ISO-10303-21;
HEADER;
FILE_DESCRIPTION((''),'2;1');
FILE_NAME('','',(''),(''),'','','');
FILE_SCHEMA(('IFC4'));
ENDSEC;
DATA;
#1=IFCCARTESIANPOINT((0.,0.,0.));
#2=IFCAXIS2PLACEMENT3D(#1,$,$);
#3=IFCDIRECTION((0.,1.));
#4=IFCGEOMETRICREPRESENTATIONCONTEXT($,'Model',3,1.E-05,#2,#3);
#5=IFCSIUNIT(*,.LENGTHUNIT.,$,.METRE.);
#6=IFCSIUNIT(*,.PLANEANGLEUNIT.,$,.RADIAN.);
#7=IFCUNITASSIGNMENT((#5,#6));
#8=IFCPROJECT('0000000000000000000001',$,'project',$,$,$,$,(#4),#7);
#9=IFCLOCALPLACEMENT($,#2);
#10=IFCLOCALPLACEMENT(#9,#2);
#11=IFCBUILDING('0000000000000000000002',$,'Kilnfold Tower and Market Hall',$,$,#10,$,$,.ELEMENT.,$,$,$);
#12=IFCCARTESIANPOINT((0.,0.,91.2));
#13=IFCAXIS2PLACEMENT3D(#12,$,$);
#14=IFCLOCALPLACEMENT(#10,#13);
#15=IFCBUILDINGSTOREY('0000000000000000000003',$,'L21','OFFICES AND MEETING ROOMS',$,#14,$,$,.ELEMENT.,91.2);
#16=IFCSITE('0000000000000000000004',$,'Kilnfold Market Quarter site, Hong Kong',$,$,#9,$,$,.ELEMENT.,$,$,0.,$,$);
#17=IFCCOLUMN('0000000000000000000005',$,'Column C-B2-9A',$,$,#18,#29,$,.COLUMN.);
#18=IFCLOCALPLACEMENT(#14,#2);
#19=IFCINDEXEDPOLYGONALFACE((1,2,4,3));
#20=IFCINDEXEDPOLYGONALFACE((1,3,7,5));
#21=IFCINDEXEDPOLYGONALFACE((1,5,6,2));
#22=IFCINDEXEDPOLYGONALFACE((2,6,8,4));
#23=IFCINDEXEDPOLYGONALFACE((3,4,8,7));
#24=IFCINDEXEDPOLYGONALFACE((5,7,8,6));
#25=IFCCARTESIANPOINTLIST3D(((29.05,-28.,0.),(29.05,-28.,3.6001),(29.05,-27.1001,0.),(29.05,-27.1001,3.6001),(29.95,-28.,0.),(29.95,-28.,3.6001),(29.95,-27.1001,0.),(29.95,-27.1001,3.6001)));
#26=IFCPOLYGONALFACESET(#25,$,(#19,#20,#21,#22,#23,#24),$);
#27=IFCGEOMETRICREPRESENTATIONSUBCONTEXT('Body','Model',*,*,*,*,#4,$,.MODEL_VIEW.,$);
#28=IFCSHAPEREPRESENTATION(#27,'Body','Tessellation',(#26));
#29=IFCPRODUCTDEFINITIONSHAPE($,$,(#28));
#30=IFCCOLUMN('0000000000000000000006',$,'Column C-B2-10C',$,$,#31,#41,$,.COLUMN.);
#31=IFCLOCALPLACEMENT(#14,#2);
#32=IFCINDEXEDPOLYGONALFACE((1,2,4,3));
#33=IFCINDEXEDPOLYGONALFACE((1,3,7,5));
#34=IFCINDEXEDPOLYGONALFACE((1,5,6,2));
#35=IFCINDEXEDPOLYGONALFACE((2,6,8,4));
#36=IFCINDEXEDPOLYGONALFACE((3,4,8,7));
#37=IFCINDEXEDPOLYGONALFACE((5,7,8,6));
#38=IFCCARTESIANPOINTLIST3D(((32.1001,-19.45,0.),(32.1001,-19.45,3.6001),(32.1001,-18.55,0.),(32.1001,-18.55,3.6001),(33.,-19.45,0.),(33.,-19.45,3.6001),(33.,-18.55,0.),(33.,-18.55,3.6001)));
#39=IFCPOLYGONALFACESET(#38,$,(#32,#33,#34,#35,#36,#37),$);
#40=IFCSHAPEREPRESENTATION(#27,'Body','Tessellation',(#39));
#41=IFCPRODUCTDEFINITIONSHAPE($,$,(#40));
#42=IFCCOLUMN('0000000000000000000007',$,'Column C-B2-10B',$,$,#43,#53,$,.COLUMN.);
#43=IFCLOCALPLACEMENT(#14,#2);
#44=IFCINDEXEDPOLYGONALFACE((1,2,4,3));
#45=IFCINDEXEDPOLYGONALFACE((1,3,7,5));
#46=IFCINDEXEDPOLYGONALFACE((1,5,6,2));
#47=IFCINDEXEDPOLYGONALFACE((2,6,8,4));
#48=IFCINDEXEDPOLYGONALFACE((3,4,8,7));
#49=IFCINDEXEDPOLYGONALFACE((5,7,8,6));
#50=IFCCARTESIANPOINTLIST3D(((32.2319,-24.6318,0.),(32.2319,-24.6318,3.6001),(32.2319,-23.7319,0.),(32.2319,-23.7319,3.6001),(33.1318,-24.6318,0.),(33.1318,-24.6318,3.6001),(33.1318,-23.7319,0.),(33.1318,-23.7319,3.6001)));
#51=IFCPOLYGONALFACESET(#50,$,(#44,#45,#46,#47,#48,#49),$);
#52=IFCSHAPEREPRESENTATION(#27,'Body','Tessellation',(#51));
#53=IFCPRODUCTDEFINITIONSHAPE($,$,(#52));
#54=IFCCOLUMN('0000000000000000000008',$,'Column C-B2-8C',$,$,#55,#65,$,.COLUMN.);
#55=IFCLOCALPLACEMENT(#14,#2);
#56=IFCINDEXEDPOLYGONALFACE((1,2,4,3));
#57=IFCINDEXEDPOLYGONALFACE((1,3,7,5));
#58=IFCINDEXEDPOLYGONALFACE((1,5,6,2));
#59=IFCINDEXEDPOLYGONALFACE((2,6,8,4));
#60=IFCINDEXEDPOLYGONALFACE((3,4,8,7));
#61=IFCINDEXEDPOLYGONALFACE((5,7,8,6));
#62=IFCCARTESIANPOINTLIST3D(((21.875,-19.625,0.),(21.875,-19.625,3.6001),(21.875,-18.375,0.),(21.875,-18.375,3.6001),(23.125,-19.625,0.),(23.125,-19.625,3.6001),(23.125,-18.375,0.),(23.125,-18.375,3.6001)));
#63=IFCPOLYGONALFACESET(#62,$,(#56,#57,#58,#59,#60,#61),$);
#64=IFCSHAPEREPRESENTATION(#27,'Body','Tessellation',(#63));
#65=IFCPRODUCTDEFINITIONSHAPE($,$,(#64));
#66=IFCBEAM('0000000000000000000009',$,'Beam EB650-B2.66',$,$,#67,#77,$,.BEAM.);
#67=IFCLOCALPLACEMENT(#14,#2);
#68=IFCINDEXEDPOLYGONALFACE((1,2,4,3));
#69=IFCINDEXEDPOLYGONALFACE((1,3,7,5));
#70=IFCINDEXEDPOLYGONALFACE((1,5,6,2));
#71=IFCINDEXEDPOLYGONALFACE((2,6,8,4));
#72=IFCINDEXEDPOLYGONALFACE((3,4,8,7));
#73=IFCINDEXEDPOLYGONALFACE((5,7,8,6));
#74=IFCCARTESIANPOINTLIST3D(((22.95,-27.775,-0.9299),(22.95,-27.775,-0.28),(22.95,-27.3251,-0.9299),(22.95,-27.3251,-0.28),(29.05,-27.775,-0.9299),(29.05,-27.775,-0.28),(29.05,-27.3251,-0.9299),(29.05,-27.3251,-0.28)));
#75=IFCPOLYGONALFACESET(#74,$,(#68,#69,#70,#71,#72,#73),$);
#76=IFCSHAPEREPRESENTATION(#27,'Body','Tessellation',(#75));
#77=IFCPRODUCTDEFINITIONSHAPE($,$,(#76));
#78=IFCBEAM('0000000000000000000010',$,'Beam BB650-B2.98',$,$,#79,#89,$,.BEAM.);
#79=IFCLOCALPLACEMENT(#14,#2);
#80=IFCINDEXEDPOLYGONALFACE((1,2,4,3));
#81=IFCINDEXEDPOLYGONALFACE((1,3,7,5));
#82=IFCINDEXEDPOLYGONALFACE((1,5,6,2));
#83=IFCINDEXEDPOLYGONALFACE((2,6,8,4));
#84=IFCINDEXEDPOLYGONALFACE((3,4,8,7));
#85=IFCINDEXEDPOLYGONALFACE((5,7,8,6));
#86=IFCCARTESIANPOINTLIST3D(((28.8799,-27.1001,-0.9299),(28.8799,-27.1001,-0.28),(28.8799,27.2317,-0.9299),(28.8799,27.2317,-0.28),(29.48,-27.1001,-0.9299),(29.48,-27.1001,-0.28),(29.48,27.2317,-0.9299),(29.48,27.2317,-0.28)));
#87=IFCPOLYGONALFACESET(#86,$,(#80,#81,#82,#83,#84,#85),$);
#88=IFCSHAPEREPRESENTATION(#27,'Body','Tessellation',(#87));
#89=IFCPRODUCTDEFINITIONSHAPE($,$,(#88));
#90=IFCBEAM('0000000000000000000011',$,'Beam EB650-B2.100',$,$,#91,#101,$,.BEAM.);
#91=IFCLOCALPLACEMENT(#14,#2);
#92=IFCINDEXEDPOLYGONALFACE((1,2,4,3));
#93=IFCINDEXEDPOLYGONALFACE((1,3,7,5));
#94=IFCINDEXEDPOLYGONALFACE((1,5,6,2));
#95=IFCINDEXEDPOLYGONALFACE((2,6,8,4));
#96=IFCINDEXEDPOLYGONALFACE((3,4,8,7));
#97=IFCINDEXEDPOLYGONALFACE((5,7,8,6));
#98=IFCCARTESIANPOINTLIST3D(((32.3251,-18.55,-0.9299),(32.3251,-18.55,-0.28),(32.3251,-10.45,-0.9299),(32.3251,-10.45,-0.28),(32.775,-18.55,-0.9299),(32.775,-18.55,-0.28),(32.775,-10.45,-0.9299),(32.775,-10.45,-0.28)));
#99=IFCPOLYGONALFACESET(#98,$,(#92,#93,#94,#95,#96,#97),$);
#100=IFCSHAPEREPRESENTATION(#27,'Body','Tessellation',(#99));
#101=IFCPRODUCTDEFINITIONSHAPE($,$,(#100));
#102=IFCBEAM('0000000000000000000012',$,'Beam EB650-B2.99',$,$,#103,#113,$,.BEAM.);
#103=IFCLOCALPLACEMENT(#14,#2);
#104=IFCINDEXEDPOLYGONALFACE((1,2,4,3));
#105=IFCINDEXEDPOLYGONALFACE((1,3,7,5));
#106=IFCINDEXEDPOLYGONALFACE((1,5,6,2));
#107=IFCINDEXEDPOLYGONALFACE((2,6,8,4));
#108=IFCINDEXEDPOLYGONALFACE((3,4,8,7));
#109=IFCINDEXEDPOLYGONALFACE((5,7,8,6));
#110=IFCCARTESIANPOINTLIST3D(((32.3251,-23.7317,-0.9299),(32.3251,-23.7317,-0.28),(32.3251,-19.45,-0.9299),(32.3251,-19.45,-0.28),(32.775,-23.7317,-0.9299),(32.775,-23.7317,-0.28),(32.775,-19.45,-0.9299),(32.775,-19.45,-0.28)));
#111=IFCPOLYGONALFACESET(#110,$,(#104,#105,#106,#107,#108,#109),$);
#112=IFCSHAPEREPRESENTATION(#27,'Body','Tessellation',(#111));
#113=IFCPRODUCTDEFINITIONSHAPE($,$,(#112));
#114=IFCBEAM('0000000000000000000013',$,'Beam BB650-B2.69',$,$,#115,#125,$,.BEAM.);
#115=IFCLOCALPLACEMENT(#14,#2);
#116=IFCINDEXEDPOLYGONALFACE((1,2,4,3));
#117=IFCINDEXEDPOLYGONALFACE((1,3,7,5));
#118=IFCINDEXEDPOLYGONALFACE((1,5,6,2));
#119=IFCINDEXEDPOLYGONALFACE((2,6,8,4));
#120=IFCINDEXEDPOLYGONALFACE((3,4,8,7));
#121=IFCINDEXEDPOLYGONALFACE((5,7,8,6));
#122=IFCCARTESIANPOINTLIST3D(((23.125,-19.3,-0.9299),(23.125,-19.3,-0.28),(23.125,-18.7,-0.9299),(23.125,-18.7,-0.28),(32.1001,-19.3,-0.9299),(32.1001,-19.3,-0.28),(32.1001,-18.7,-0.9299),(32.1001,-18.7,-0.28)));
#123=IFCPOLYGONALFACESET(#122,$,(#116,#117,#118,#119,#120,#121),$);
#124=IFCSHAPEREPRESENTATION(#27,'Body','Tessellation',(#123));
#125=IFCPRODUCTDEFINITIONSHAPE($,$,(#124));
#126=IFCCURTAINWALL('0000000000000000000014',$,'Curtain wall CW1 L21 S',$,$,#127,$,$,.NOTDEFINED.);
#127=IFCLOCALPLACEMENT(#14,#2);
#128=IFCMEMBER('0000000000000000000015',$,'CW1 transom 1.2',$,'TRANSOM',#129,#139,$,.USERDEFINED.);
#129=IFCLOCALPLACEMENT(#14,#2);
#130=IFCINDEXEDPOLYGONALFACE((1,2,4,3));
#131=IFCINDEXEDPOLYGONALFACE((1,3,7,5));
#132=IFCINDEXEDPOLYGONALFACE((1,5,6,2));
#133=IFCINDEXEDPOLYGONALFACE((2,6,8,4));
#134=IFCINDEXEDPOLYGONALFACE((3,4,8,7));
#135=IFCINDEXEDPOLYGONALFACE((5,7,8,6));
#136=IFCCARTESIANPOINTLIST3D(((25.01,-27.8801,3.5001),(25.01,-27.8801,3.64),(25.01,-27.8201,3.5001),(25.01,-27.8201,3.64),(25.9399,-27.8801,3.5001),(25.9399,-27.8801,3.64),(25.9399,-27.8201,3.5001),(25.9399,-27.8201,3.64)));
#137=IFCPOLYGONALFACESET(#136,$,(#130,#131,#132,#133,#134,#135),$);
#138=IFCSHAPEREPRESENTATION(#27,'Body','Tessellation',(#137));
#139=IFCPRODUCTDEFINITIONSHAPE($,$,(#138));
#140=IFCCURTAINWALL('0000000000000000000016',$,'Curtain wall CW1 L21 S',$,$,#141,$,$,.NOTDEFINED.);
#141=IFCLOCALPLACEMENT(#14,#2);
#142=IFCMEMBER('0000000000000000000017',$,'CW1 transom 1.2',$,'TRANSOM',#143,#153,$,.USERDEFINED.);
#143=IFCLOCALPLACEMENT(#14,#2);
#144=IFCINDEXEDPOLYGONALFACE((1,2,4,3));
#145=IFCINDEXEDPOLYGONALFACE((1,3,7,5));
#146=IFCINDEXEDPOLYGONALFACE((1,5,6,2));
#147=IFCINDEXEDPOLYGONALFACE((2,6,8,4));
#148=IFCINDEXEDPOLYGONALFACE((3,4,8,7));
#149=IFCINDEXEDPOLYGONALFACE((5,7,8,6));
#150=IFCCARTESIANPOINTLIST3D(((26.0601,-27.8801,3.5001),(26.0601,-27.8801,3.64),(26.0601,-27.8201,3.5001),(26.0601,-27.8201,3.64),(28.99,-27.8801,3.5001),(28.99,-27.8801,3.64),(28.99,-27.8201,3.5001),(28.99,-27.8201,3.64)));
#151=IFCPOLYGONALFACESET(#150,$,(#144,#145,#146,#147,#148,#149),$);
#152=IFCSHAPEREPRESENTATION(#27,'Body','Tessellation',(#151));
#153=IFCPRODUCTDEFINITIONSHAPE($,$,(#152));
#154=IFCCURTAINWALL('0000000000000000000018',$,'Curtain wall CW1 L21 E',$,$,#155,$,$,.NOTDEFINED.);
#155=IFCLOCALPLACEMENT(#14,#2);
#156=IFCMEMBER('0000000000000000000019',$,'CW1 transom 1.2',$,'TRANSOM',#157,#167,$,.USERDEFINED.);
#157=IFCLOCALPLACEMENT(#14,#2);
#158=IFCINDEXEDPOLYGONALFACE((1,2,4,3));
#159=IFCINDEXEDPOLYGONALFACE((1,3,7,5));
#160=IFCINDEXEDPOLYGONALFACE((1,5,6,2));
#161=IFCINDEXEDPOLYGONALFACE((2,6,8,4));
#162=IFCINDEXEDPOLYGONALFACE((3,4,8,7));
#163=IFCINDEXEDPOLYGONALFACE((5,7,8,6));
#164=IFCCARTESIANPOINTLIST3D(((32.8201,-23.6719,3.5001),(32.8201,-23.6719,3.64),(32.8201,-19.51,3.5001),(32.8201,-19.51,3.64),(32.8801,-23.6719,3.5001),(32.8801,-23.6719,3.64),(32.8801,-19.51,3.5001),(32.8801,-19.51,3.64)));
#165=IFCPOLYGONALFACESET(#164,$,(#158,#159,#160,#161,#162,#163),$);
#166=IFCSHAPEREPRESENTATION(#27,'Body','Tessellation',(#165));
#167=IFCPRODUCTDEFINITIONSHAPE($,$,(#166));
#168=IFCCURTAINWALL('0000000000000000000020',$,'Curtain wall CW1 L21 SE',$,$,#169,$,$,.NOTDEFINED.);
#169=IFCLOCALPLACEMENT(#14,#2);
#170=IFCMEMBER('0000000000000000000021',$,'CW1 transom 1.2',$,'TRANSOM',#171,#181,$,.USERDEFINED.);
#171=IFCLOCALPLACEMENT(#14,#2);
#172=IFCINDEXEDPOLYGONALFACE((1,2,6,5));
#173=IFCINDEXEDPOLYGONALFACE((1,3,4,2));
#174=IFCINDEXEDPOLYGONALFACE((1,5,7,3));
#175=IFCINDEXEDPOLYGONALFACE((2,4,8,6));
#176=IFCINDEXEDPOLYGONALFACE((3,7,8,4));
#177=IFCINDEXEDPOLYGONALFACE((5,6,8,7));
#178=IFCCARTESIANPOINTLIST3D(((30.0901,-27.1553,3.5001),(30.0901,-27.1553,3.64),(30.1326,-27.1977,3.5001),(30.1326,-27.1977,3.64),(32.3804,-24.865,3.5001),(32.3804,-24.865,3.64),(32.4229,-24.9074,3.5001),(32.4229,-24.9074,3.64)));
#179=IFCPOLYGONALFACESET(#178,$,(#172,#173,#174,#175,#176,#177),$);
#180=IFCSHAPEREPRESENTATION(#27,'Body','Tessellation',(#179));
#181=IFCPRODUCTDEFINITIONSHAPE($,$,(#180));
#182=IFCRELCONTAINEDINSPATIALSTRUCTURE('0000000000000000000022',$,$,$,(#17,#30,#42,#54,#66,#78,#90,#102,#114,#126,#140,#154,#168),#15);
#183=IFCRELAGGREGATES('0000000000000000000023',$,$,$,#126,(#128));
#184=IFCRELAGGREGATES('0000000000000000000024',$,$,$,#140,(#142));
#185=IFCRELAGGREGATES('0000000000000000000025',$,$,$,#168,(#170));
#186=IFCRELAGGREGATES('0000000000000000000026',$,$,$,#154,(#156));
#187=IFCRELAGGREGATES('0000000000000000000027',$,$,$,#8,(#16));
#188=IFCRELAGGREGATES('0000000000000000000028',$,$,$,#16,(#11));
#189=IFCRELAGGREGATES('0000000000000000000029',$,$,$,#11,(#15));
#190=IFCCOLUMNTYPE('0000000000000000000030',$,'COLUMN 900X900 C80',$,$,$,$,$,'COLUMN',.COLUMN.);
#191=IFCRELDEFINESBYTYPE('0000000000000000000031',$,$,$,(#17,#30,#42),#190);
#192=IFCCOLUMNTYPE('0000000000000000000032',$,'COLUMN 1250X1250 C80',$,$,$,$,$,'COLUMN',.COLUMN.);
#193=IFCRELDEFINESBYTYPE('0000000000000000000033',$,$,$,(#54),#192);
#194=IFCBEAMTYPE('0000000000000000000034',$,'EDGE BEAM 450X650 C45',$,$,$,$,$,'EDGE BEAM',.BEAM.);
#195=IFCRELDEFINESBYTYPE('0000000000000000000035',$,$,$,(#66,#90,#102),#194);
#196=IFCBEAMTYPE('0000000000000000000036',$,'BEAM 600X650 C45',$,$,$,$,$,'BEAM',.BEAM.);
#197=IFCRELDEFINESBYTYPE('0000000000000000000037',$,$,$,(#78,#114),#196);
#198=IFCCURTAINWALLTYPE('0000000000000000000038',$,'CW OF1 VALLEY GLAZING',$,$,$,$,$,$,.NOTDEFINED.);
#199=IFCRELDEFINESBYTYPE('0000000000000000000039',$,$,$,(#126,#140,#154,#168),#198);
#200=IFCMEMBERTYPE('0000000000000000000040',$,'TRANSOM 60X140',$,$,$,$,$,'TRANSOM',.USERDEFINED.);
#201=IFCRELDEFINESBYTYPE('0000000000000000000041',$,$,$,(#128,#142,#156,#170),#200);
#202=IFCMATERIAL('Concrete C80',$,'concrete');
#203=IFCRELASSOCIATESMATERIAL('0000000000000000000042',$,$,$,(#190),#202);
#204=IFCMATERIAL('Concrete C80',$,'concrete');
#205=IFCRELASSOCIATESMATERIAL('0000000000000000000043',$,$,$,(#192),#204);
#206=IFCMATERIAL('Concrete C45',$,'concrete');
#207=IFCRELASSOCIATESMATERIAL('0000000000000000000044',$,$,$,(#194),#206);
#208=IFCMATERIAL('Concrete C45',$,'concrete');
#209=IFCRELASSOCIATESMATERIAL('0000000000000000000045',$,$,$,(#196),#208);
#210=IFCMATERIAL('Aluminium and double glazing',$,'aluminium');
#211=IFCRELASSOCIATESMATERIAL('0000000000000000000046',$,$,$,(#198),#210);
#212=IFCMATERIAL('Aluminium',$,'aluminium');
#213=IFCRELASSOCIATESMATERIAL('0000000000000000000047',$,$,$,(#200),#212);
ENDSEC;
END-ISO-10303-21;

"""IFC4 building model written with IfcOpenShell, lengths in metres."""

from ifc_helpers import new_model, si_unit, direction, frame, origin, origin_2d, place, context, subcontext, project, spatial, rectangle, extrude, source, transform, mapped, material, material_profile, profile_set, type_object, element, aggregate, save


model = new_model("IFC4")

# Units and contexts
model_context = context("Model", 3, precision=1e-05, world=origin(), true_north=direction((0.0, 1.0)))
body_context = subcontext(model_context, "Body", "Model", "MODEL_VIEW")
ifc_project = project(units=[si_unit("LENGTHUNIT", "METRE"), si_unit("PLANEANGLEUNIT", "RADIAN")], contexts=[model_context])

# Site, building, storey
site_placement = place(None, origin())
site = spatial("IfcSite", under=ifc_project, at=site_placement, Name="Kilnfold Market Quarter site, Hong Kong", CompositionType="ELEMENT", RefElevation=0.0)
building_placement = place(site_placement, origin())
building = spatial("IfcBuilding", under=site, at=building_placement, Name="Kilnfold Tower and Market Hall", CompositionType="ELEMENT")
storey_placement = place(building_placement, frame((0.0, 0.0, 91.2)))
storey = spatial("IfcBuildingStorey", under=building, at=storey_placement, Name="L21", Description="OFFICES AND MEETING ROOMS", CompositionType="ELEMENT", Elevation=91.2)

# Columns
ifc_material_1 = material(Name="Concrete C80", Category="concrete")
ifc_material_profile_1 = material_profile(ifc_material_1, rectangle(XDim=0.8999, YDim=0.8999, at=origin_2d()), Name="RC 900x900")
ifc_profile_set_1 = profile_set([ifc_material_profile_1], Name="Concrete C80")
column_type_1 = type_object("IfcColumnType", Name="COLUMN 900X900 C80", ElementType="COLUMN", PredefinedType="COLUMN", material=ifc_profile_set_1)
shared_shape_1 = source(origin(), body_context, "Body", "SweptSolid", [
    extrude(rectangle(XDim=0.8999, YDim=0.8999, at=origin_2d()), origin(), (0.0, 0.0, 1.0), 3.6001),
])
for number, where, z_axis, x_axis, name in (
    (1, (29.5, -27.55, 0.0), (0.0, 0.0, 1.0), (1.0, 0.0, 0.0), "Column C-B2-9A"),
    (2, (32.55, -19.0, 0.0), (0.0, 0.0, 1.0), (1.0, 0.0, 0.0), "Column C-B2-10C"),
    (3, (32.6819, -24.1819, 0.0), (0.0, 0.0, 1.0), (1.0, 0.0, 0.0), "Column C-B2-10B"),
):
    element("IfcColumn", number, at=place(storey_placement, frame(where, z_axis=z_axis, x_axis=x_axis)), inside=storey, type_object=column_type_1, Name=name, PredefinedType="COLUMN", context=body_context, shape_type="MappedRepresentation", body=[
        mapped(shared_shape_1, transform((0.0, 0.0, 0.0))),
    ])
ifc_material_2 = material(Name="Concrete C80", Category="concrete")
ifc_material_profile_2 = material_profile(ifc_material_2, rectangle(XDim=1.25, YDim=1.25, at=origin_2d()), Name="RC 1250x1250")
ifc_profile_set_2 = profile_set([ifc_material_profile_2], Name="Concrete C80")
column_type_2 = type_object("IfcColumnType", Name="COLUMN 1250X1250 C80", ElementType="COLUMN", PredefinedType="COLUMN", material=ifc_profile_set_2)
shared_shape_2 = source(origin(), body_context, "Body", "SweptSolid", [
    extrude(rectangle(XDim=1.25, YDim=1.25, at=origin_2d()), origin(), (0.0, 0.0, 1.0), 3.6001),
])
column_placement = place(storey_placement, frame((22.5, -19.0, 0.0), z_axis=(0.0, 0.0, 1.0), x_axis=(1.0, 0.0, 0.0)))
element("IfcColumn", 4, at=column_placement, inside=storey, type_object=column_type_2, Name="Column C-B2-8C", PredefinedType="COLUMN", context=body_context, shape_type="MappedRepresentation", body=[
    mapped(shared_shape_2, transform((0.0, 0.0, 0.0))),
])

# Beams
ifc_material_3 = material(Name="Concrete C45", Category="concrete")
ifc_material_profile_3 = material_profile(ifc_material_3, rectangle(XDim=0.45, YDim=0.6499, at=origin_2d()), Name="RC 450x650")
ifc_profile_set_3 = profile_set([ifc_material_profile_3], Name="Concrete C45")
beam_type_1 = type_object("IfcBeamType", Name="EDGE BEAM 450X650 C45", ElementType="EDGE BEAM", PredefinedType="BEAM", material=ifc_profile_set_3)
shared_shape_3 = source(origin(), body_context, "Body", "SweptSolid", [
    extrude(rectangle(XDim=0.45, YDim=0.6499, at=origin_2d()), origin(), (0.0, 0.0, 1.0), 6.1001),
])
beam_1_placement = place(storey_placement, frame((22.95, -27.55, -0.605), z_axis=(1.0, 0.0, 0.0), x_axis=(0.0, 1.0, 0.0)))
element("IfcBeam", 5, at=beam_1_placement, inside=storey, type_object=beam_type_1, Name="Beam EB650-B2.66", PredefinedType="BEAM", context=body_context, shape_type="MappedRepresentation", body=[
    mapped(shared_shape_3, transform((0.0, 0.0, 0.0))),
])
ifc_material_4 = material(Name="Concrete C45", Category="concrete")
ifc_material_profile_4 = material_profile(ifc_material_4, rectangle(XDim=0.6001, YDim=0.6499, at=origin_2d()), Name="RC 600x650")
ifc_profile_set_4 = profile_set([ifc_material_profile_4], Name="Concrete C45")
beam_type_2 = type_object("IfcBeamType", Name="BEAM 600X650 C45", ElementType="BEAM", PredefinedType="BEAM", material=ifc_profile_set_4)
shared_shape_4 = source(origin(), body_context, "Body", "SweptSolid", [
    extrude(rectangle(XDim=0.6001, YDim=0.6499, at=origin_2d()), origin(), (0.0, 0.0, 1.0), 54.3318),
])
beam_2_placement = place(storey_placement, frame((29.1799, -27.1001, -0.605), z_axis=(0.0, 1.0, 0.0), x_axis=(-1.0, 0.0, 0.0)))
element("IfcBeam", 6, at=beam_2_placement, inside=storey, type_object=beam_type_2, Name="Beam BB650-B2.98", PredefinedType="BEAM", context=body_context, shape_type="MappedRepresentation", body=[
    mapped(shared_shape_4, transform((0.0, 0.0, 0.0))),
])
shared_shape_5 = source(origin(), body_context, "Body", "SweptSolid", [
    extrude(rectangle(XDim=0.45, YDim=0.6499, at=origin_2d()), origin(), (0.0, 0.0, 1.0), 8.1001),
])
beam_3_placement = place(storey_placement, frame((32.55, -18.55, -0.605), z_axis=(0.0, 1.0, 0.0), x_axis=(-1.0, 0.0, 0.0)))
element("IfcBeam", 7, at=beam_3_placement, inside=storey, type_object=beam_type_1, Name="Beam EB650-B2.100", PredefinedType="BEAM", context=body_context, shape_type="MappedRepresentation", body=[
    mapped(shared_shape_5, transform((0.0, 0.0, 0.0))),
])
shared_shape_6 = source(origin(), body_context, "Body", "SweptSolid", [
    extrude(rectangle(XDim=0.45, YDim=0.6499, at=origin_2d()), origin(), (0.0, 0.0, 1.0), 4.2817),
])
beam_4_placement = place(storey_placement, frame((32.55, -23.7317, -0.605), z_axis=(0.0, 1.0, 0.0), x_axis=(-1.0, 0.0, 0.0)))
element("IfcBeam", 8, at=beam_4_placement, inside=storey, type_object=beam_type_1, Name="Beam EB650-B2.99", PredefinedType="BEAM", context=body_context, shape_type="MappedRepresentation", body=[
    mapped(shared_shape_6, transform((0.0, 0.0, 0.0))),
])
shared_shape_7 = source(origin(), body_context, "Body", "SweptSolid", [
    extrude(rectangle(XDim=0.6001, YDim=0.6499, at=origin_2d()), origin(), (0.0, 0.0, 1.0), 8.9751),
])
beam_5_placement = place(storey_placement, frame((23.125, -19.0, -0.605), z_axis=(1.0, 0.0, 0.0), x_axis=(0.0, 1.0, 0.0)))
element("IfcBeam", 9, at=beam_5_placement, inside=storey, type_object=beam_type_2, Name="Beam BB650-B2.69", PredefinedType="BEAM", context=body_context, shape_type="MappedRepresentation", body=[
    mapped(shared_shape_7, transform((0.0, 0.0, 0.0))),
])

# Curtain walls, members
ifc_material_5 = material(Name="Aluminium and double glazing", Category="aluminium")
curtain_wall_type = type_object("IfcCurtainWallType", Name="CW OF1 VALLEY GLAZING", PredefinedType="NOTDEFINED", material=ifc_material_5)
curtain_wall_1_placement = place(storey_placement, origin())
curtain_wall_1 = element("IfcCurtainWall", 10, at=curtain_wall_1_placement, inside=storey, type_object=curtain_wall_type, Name="Curtain wall CW1 L21 S", PredefinedType="NOTDEFINED")
ifc_material_6 = material(Name="Aluminium", Category="aluminium")
ifc_material_profile_5 = material_profile(ifc_material_6, rectangle(XDim=0.0601, YDim=0.1399, at=origin_2d()), Name="TRANSOM 60x140")
ifc_profile_set_5 = profile_set([ifc_material_profile_5], Name="Aluminium")
member_type_1 = type_object("IfcMemberType", Name="TRANSOM 60X140", ElementType="TRANSOM", PredefinedType="USERDEFINED", material=ifc_profile_set_5)
shared_shape_8 = source(origin(), body_context, "Body", "SweptSolid", [
    extrude(rectangle(XDim=0.0601, YDim=0.1399, at=origin_2d()), origin(), (0.0, 0.0, 1.0), 0.9299),
])
member_1_placement = place(storey_placement, frame((25.01, -27.8501, 3.5701), z_axis=(1.0, 0.0, 0.0), x_axis=(0.0, 1.0, 0.0)))
member_1 = element("IfcMember", 11, at=member_1_placement, type_object=member_type_1, Name="CW1 transom 1.2", ObjectType="TRANSOM", PredefinedType="USERDEFINED", context=body_context, shape_type="MappedRepresentation", body=[
    mapped(shared_shape_8, transform((0.0, 0.0, 0.0))),
])
curtain_wall_2_placement = place(storey_placement, origin())
curtain_wall_2 = element("IfcCurtainWall", 12, at=curtain_wall_2_placement, inside=storey, type_object=curtain_wall_type, Name="Curtain wall CW1 L21 S", PredefinedType="NOTDEFINED")
shared_shape_9 = source(origin(), body_context, "Body", "SweptSolid", [
    extrude(rectangle(XDim=0.0601, YDim=0.1399, at=origin_2d()), origin(), (0.0, 0.0, 1.0), 2.9299),
])
member_2_placement = place(storey_placement, frame((26.0601, -27.8501, 3.5701), z_axis=(1.0, 0.0, 0.0), x_axis=(0.0, 1.0, 0.0)))
member_2 = element("IfcMember", 13, at=member_2_placement, type_object=member_type_1, Name="CW1 transom 1.2", ObjectType="TRANSOM", PredefinedType="USERDEFINED", context=body_context, shape_type="MappedRepresentation", body=[
    mapped(shared_shape_9, transform((0.0, 0.0, 0.0))),
])
curtain_wall_3_placement = place(storey_placement, origin())
curtain_wall_3 = element("IfcCurtainWall", 14, at=curtain_wall_3_placement, inside=storey, type_object=curtain_wall_type, Name="Curtain wall CW1 L21 E", PredefinedType="NOTDEFINED")
shared_shape_10 = source(origin(), body_context, "Body", "SweptSolid", [
    extrude(rectangle(XDim=0.0601, YDim=0.1399, at=origin_2d()), origin(), (0.0, 0.0, 1.0), 4.1619),
])
member_3_placement = place(storey_placement, frame((32.8501, -23.6719, 3.5701), z_axis=(0.0, 1.0, 0.0), x_axis=(-1.0, 0.0, 0.0)))
member_3 = element("IfcMember", 15, at=member_3_placement, type_object=member_type_1, Name="CW1 transom 1.2", ObjectType="TRANSOM", PredefinedType="USERDEFINED", context=body_context, shape_type="MappedRepresentation", body=[
    mapped(shared_shape_10, transform((0.0, 0.0, 0.0))),
])
curtain_wall_4_placement = place(storey_placement, origin())
curtain_wall_4 = element("IfcCurtainWall", 16, at=curtain_wall_4_placement, inside=storey, type_object=curtain_wall_type, Name="Curtain wall CW1 L21 SE", PredefinedType="NOTDEFINED")
shared_shape_11 = source(origin(), body_context, "Body", "SweptSolid", [
    extrude(rectangle(XDim=0.0601, YDim=0.1399, at=origin_2d()), origin(), (0.0, 0.0, 1.0), 3.239),
])
member_4_placement = place(storey_placement, frame((30.1113, -27.1765, 3.5701), z_axis=(0.707107, 0.707107, 0.0), x_axis=(-0.707107, 0.707107, 0.0)))
member_4 = element("IfcMember", 17, at=member_4_placement, type_object=member_type_1, Name="CW1 transom 1.2", ObjectType="TRANSOM", PredefinedType="USERDEFINED", context=body_context, shape_type="MappedRepresentation", body=[
    mapped(shared_shape_11, transform((0.0, 0.0, 0.0))),
])

aggregate(curtain_wall_1, [member_1])
aggregate(curtain_wall_2, [member_2])
aggregate(curtain_wall_4, [member_4])
aggregate(curtain_wall_3, [member_3])

save(model, "model.ifc")
